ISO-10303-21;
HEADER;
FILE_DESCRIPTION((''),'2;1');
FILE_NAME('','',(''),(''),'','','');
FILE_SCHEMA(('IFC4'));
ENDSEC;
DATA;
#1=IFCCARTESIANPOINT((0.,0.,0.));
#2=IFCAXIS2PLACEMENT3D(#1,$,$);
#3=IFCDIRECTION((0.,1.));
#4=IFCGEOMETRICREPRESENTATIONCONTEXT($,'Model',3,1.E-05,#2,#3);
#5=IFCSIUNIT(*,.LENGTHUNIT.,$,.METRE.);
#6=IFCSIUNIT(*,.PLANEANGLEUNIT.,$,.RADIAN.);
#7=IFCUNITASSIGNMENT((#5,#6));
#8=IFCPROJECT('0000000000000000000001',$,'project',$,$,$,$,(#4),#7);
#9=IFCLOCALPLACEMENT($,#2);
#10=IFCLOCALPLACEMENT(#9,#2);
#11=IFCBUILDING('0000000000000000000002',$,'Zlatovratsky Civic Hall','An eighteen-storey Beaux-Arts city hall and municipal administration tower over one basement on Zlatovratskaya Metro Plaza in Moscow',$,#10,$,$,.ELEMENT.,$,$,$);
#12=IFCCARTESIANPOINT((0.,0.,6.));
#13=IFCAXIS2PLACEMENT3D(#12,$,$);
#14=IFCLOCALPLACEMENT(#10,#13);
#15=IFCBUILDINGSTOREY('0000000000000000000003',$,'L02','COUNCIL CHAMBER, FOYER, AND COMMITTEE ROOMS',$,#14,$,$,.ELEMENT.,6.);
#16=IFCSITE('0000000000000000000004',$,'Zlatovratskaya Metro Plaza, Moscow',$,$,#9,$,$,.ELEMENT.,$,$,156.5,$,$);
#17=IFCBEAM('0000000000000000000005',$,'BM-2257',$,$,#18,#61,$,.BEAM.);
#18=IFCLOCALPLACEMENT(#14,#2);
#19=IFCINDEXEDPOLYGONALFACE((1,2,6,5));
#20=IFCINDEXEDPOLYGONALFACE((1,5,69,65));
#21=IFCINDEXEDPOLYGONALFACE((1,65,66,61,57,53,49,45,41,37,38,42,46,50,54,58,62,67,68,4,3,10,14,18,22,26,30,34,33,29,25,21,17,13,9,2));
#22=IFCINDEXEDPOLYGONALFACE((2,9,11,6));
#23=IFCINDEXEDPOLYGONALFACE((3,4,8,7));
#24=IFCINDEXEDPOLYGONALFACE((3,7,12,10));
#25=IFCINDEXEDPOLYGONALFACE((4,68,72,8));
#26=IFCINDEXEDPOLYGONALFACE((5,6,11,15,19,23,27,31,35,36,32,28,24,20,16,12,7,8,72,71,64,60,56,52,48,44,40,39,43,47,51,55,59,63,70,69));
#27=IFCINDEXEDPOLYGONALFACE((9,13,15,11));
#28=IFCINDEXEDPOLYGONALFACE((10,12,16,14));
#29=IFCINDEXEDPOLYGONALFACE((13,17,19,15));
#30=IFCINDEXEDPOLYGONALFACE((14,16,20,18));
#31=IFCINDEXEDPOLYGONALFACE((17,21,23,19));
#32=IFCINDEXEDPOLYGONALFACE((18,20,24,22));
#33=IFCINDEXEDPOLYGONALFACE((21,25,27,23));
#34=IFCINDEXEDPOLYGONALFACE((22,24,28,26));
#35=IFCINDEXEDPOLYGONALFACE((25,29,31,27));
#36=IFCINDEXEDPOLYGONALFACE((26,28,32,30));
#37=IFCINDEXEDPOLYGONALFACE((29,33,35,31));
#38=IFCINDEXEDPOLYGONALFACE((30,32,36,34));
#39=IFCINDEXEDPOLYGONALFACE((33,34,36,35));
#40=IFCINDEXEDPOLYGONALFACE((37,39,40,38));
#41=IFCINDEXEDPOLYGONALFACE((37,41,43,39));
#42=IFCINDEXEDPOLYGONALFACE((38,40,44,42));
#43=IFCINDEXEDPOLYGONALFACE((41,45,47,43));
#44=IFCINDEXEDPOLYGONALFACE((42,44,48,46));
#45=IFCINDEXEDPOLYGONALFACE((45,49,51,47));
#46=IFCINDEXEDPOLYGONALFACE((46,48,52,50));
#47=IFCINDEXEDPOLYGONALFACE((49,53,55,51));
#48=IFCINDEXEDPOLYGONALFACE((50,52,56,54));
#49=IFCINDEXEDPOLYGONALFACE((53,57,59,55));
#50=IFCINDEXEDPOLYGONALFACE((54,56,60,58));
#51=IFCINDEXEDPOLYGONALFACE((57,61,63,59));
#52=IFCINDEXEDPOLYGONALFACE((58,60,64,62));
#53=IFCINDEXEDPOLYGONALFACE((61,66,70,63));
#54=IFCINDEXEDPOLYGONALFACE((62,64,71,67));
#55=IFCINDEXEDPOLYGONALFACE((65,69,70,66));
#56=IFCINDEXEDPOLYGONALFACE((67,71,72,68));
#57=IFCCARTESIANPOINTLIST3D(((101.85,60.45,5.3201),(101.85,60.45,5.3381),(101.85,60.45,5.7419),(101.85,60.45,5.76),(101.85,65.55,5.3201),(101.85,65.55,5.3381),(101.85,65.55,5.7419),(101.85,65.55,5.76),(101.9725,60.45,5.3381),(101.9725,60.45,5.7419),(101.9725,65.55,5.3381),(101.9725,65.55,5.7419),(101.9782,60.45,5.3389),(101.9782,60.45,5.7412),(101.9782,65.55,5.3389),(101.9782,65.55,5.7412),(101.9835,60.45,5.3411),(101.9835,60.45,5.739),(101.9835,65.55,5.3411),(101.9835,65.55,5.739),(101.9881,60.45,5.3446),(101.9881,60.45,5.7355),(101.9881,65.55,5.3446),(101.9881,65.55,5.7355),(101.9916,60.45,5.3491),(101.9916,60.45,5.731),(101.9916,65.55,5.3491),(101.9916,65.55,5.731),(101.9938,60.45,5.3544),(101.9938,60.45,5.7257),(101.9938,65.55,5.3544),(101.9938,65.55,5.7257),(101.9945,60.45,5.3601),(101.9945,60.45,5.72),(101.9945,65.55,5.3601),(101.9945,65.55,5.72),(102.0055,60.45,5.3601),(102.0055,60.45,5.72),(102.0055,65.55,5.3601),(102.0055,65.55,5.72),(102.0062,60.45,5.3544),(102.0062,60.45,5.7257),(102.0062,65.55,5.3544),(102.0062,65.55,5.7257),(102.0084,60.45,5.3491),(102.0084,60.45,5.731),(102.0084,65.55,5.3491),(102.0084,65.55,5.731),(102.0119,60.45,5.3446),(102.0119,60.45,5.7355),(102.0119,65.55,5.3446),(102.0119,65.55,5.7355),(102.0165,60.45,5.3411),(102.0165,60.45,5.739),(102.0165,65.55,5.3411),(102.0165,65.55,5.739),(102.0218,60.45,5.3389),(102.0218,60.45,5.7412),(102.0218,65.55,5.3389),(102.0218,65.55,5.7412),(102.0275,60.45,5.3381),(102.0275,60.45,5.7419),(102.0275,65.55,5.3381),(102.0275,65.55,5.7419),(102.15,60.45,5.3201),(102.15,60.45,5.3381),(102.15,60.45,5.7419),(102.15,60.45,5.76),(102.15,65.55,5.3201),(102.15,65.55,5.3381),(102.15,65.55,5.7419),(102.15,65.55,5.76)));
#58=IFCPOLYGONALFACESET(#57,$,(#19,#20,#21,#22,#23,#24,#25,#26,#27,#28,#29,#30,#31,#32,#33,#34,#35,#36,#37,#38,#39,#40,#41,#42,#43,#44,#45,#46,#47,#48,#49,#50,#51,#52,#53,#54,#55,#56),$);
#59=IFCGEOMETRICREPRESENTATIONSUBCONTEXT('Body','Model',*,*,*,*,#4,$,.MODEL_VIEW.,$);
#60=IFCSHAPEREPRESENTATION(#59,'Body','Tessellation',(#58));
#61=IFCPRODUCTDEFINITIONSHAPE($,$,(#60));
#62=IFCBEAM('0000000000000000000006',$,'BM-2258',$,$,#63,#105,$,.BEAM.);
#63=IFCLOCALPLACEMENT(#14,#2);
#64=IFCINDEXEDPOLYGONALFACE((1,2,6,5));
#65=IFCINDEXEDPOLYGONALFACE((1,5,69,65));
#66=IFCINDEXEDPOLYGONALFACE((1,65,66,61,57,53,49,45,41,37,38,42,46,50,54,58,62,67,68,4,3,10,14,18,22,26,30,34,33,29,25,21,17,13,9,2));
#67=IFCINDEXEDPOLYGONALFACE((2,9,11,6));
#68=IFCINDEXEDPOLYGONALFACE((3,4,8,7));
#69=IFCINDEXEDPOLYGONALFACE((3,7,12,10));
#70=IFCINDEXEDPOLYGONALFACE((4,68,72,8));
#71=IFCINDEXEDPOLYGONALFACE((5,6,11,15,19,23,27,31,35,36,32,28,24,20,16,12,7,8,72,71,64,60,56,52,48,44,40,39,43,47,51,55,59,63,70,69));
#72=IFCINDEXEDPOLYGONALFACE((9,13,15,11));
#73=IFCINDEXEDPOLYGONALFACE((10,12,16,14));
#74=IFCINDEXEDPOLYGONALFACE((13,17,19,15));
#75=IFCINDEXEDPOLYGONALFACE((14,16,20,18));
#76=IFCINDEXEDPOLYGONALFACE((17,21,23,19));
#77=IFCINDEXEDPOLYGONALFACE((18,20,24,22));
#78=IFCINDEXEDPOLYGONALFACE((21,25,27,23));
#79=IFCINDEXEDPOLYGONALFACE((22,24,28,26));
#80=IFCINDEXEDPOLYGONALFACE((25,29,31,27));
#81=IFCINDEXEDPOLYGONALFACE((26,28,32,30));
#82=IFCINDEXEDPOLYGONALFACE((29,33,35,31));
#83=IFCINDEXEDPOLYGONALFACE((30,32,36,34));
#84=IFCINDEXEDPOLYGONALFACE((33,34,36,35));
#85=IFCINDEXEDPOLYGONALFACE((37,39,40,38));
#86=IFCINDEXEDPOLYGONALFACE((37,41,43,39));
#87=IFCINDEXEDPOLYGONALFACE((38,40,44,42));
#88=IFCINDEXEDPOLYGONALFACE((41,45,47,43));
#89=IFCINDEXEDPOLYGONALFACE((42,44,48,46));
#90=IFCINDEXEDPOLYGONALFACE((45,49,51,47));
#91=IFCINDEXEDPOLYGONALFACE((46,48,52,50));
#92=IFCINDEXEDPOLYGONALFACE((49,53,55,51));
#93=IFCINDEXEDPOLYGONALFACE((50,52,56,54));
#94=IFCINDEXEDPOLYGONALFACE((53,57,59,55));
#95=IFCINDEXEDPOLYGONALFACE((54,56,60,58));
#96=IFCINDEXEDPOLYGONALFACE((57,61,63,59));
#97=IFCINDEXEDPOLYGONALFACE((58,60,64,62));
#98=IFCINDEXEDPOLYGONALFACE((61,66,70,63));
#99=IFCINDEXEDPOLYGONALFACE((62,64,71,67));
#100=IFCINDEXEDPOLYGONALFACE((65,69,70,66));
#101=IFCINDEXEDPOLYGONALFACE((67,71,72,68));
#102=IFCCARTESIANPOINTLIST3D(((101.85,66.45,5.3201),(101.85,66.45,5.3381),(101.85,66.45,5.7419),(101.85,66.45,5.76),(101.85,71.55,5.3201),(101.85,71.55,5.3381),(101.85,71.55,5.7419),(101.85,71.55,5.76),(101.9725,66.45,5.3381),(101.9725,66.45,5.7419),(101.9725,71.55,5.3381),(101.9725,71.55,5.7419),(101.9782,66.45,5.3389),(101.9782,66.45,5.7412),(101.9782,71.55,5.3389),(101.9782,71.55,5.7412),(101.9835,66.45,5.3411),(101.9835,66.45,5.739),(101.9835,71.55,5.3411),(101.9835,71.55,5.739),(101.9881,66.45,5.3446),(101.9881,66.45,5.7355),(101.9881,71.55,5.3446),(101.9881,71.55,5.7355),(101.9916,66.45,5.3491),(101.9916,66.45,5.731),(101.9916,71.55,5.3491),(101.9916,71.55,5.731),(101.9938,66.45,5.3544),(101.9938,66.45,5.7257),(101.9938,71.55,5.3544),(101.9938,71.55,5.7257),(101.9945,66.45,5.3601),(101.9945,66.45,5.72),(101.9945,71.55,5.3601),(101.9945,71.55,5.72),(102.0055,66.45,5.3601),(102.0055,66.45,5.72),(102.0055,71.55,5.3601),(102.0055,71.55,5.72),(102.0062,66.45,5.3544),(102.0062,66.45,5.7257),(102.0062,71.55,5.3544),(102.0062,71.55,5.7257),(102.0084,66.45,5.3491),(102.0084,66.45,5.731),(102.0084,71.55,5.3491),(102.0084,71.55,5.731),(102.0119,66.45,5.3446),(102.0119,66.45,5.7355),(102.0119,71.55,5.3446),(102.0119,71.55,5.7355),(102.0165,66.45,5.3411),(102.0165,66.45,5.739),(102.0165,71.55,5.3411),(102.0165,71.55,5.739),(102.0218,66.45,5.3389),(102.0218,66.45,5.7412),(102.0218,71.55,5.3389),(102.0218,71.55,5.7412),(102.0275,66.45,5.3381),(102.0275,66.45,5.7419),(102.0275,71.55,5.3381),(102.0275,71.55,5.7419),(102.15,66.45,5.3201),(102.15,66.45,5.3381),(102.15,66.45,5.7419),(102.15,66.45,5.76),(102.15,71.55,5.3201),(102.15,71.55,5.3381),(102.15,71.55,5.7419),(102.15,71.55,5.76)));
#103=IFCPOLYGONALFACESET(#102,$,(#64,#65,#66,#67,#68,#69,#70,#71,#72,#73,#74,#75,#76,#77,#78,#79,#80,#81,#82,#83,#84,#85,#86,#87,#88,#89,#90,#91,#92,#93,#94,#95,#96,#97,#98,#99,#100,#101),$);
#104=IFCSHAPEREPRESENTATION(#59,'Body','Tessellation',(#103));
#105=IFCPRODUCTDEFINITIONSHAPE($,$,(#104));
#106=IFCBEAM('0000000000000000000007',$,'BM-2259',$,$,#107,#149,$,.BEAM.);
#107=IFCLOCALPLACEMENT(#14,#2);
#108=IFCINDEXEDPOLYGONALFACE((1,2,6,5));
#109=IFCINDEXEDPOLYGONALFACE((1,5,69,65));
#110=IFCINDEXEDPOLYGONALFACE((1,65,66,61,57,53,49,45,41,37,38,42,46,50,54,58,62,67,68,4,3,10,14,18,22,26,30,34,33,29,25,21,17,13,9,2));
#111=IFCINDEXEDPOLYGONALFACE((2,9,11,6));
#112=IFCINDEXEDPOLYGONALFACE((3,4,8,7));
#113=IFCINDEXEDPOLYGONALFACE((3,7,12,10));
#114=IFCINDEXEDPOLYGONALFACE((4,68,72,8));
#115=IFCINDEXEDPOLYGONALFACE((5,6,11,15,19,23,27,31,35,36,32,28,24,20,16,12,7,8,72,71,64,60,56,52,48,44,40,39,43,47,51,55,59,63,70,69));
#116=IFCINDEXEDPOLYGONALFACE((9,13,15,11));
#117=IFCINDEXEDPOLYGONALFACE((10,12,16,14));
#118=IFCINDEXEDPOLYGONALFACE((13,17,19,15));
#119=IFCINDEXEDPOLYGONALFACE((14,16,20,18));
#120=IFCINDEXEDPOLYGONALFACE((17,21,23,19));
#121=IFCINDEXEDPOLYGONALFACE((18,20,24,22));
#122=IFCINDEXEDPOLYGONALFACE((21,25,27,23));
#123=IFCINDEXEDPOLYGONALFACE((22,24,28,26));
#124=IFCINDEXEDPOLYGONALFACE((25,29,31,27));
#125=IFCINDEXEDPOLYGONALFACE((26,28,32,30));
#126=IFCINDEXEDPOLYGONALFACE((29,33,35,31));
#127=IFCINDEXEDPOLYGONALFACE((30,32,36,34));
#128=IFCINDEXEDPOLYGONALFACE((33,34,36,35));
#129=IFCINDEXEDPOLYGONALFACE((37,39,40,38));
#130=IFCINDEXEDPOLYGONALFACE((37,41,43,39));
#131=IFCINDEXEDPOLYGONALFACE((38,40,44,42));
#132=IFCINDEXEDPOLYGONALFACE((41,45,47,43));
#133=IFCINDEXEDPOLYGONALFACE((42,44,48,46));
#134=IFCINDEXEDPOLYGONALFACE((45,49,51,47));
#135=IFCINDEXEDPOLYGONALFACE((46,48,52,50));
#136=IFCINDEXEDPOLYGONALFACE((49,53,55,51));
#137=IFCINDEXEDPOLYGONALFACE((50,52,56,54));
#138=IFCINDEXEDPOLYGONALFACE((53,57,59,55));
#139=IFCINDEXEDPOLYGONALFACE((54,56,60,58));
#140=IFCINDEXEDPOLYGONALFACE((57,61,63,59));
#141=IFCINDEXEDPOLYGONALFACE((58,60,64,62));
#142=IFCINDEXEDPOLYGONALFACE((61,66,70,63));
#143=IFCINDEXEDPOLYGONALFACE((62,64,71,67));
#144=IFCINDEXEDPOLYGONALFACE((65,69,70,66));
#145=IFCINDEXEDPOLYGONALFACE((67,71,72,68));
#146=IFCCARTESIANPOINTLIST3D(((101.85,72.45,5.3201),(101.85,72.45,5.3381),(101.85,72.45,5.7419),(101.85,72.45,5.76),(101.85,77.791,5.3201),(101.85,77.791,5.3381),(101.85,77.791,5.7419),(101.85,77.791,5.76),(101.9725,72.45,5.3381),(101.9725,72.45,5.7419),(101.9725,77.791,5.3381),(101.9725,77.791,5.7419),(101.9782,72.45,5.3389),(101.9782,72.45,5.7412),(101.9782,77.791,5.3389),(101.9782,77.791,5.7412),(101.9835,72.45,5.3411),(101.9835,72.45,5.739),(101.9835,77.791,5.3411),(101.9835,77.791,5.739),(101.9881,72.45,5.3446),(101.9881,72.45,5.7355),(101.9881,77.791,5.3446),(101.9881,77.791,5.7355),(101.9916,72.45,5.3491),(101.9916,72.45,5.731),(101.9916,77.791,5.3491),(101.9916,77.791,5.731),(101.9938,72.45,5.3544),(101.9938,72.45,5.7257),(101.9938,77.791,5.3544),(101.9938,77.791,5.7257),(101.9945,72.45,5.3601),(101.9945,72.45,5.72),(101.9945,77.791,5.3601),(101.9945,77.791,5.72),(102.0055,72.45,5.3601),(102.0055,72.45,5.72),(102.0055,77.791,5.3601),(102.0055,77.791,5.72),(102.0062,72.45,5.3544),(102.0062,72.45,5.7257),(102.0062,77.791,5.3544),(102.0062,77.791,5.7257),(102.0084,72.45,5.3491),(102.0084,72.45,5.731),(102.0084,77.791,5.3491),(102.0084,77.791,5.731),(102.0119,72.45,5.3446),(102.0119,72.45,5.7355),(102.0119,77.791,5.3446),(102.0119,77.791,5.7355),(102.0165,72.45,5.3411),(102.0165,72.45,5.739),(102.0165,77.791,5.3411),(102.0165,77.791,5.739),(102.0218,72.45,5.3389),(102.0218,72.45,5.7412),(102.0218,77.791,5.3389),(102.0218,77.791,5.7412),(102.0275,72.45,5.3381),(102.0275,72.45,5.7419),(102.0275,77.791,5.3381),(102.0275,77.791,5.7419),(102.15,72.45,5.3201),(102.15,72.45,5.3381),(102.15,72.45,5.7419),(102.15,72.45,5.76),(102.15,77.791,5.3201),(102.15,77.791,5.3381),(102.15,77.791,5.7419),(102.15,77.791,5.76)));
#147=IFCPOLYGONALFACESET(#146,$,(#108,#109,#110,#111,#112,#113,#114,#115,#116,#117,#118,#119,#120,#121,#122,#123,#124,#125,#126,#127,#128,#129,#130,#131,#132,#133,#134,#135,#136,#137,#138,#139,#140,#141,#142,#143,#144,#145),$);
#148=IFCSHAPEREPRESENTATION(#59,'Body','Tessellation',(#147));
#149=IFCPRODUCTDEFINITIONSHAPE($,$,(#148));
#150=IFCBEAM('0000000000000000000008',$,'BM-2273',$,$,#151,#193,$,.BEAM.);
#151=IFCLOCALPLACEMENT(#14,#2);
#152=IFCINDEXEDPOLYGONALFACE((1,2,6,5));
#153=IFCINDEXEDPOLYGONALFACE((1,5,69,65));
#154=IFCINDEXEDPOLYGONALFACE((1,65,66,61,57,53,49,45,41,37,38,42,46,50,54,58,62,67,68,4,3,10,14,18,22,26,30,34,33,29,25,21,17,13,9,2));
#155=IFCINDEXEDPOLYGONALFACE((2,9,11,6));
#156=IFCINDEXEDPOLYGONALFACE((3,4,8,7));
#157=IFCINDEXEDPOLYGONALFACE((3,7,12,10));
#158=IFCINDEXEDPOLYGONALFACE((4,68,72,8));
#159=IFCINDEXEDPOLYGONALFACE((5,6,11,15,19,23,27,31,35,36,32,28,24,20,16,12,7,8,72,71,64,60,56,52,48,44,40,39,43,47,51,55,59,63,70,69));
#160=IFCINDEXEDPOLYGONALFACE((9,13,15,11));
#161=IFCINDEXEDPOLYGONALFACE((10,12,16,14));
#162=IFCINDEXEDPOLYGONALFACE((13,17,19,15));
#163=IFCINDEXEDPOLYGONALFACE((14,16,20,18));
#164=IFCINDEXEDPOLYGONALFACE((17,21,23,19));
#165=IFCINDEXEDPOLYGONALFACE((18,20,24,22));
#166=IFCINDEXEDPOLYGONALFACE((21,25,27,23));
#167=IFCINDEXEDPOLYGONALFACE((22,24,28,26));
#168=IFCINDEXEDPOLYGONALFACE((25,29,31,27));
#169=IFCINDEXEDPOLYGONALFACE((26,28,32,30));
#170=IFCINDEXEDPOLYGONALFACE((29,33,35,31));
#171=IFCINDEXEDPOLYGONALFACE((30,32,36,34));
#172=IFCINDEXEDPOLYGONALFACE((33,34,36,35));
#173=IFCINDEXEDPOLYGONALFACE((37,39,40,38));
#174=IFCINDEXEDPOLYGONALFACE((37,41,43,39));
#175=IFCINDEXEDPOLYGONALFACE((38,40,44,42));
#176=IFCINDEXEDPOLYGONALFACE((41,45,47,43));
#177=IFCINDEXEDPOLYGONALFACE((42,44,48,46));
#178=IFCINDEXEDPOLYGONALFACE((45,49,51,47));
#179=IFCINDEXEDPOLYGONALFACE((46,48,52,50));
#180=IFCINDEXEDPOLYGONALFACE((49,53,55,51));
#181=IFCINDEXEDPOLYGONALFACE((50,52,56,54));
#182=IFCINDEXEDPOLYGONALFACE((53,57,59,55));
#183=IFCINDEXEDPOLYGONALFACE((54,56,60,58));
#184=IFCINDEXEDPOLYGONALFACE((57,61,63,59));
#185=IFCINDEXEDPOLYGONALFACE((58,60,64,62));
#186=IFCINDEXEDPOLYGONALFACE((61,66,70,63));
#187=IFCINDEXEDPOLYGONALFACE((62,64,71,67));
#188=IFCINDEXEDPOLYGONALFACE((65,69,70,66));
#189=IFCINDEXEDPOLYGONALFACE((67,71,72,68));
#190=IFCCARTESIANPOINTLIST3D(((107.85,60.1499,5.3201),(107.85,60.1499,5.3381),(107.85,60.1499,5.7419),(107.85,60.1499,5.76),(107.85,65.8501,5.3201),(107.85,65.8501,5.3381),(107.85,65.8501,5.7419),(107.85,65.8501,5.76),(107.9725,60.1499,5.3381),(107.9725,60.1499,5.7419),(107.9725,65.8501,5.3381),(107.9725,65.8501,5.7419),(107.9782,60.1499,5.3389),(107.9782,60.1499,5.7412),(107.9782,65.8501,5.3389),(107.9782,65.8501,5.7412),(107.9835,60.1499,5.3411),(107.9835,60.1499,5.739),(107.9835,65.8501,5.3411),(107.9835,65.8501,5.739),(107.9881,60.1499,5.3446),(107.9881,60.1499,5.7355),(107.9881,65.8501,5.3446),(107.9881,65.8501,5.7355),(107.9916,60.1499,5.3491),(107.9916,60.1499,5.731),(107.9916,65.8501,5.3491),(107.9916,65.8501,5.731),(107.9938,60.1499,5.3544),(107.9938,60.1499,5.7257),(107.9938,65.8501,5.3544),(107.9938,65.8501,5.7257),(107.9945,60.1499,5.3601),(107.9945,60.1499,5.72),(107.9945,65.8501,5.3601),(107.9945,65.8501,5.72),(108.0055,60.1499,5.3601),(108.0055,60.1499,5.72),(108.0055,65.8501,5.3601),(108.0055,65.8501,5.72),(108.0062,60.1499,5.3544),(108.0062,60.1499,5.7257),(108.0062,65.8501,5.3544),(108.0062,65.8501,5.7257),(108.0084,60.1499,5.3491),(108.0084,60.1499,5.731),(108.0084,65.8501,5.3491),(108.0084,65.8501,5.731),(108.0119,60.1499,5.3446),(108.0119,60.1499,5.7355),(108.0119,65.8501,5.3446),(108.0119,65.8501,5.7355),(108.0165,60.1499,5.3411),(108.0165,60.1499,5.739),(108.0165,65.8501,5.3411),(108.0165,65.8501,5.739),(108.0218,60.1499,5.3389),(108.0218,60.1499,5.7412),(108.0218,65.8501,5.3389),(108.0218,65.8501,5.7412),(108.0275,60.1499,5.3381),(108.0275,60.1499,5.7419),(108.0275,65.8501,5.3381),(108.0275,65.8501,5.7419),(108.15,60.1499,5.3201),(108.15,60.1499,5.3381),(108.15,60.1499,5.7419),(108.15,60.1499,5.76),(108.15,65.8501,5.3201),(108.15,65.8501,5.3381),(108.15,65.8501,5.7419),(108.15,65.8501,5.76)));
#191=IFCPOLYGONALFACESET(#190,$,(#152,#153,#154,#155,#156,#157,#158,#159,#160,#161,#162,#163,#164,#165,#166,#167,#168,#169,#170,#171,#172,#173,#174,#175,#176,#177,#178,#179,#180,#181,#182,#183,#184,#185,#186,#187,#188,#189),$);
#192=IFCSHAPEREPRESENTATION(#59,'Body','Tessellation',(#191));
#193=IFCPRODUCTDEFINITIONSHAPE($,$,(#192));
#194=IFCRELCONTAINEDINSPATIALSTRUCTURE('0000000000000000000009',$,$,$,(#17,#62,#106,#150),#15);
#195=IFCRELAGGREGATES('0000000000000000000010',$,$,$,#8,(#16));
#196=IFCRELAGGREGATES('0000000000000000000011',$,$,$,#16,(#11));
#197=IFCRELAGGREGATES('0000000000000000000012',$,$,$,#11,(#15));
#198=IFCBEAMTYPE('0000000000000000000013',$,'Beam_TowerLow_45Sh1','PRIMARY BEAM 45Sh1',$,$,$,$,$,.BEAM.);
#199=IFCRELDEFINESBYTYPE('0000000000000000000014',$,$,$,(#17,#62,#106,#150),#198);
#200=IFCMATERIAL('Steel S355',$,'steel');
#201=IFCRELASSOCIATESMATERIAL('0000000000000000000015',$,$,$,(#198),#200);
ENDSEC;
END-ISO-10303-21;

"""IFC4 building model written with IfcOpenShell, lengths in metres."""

from ifc_helpers import new_model, si_unit, direction, frame, origin, origin_2d, place, context, subcontext, project, spatial, i_section, extrude, material, material_profile, profile_set, type_object, element, save


model = new_model("IFC4")

# Units and contexts
model_context = context("Model", 3, precision=1e-05, world=origin(), true_north=direction((0.0, 1.0)))
body_context = subcontext(model_context, "Body", "Model", "MODEL_VIEW")
ifc_project = project(units=[si_unit("LENGTHUNIT", "METRE"), si_unit("PLANEANGLEUNIT", "RADIAN")], contexts=[model_context])

# Site, building, storey
site_placement = place(None, origin())
site = spatial("IfcSite", under=ifc_project, at=site_placement, Name="Zlatovratskaya Metro Plaza, Moscow", CompositionType="ELEMENT", RefElevation=156.5)
building_placement = place(site_placement, origin())
building = spatial("IfcBuilding", under=site, at=building_placement, Name="Zlatovratsky Civic Hall", Description="An eighteen-storey Beaux-Arts city hall and municipal administration tower over one basement on Zlatovratskaya Metro Plaza in Moscow", CompositionType="ELEMENT")
storey_placement = place(building_placement, frame((0.0, 0.0, 6.0)))
storey = spatial("IfcBuildingStorey", under=building, at=storey_placement, Name="L02", Description="COUNCIL CHAMBER, FOYER, AND COMMITTEE ROOMS", CompositionType="ELEMENT", Elevation=6.0)

# Shared definitions
ifc_material_1 = material(Name="Steel S355", Category="steel")

# Beams
ifc_material_profile_1 = material_profile(ifc_material_1, i_section(OverallWidth=0.3, OverallDepth=0.4399, WebThickness=0.011, FlangeThickness=0.0181, FilletRadius=0.022, at=origin_2d()), Name="45Sh1")
ifc_profile_set_1 = profile_set([ifc_material_profile_1], Name="Steel S355")
beam_type = type_object("IfcBeamType", Name="Beam_TowerLow_45Sh1", Description="PRIMARY BEAM 45Sh1", PredefinedType="BEAM", material=ifc_profile_set_1)
for number, where, z_axis, x_axis, name in (
    (1, (102.0, 60.45, 5.54), (0.0, 1.0, 0.0), (-1.0, 0.0, 0.0), "BM-2257"),
    (2, (102.0, 66.45, 5.54), (0.0, 1.0, 0.0), (-1.0, 0.0, 0.0), "BM-2258"),
):
    element("IfcBeam", number, at=place(storey_placement, frame(where, z_axis=z_axis, x_axis=x_axis)), inside=storey, type_object=beam_type, Name=name, PredefinedType="BEAM", context=body_context, shape_type="SweptSolid", body=[
        extrude(i_section(OverallWidth=0.3, OverallDepth=0.4399, WebThickness=0.011, FlangeThickness=0.0181, FilletRadius=0.022, at=origin_2d()), origin(), (0.0, 0.0, 1.0), 5.1001),
    ])
beam_1_placement = place(storey_placement, frame((102.0, 72.45, 5.54), z_axis=(0.0, 1.0, 0.0), x_axis=(-1.0, 0.0, 0.0)))
element("IfcBeam", 3, at=beam_1_placement, inside=storey, type_object=beam_type, Name="BM-2259", PredefinedType="BEAM", context=body_context, shape_type="SweptSolid", body=[
    extrude(i_section(OverallWidth=0.3, OverallDepth=0.4399, WebThickness=0.011, FlangeThickness=0.0181, FilletRadius=0.022, at=origin_2d()), origin(), (0.0, 0.0, 1.0), 5.3411),
])
beam_2_placement = place(storey_placement, frame((108.0, 60.1499, 5.54), z_axis=(0.0, 1.0, 0.0), x_axis=(-1.0, 0.0, 0.0)))
element("IfcBeam", 4, at=beam_2_placement, inside=storey, type_object=beam_type, Name="BM-2273", PredefinedType="BEAM", context=body_context, shape_type="SweptSolid", body=[
    extrude(i_section(OverallWidth=0.3, OverallDepth=0.4399, WebThickness=0.011, FlangeThickness=0.0181, FilletRadius=0.022, at=origin_2d()), origin(), (0.0, 0.0, 1.0), 5.7002),
])

save(model, "model.ifc")
